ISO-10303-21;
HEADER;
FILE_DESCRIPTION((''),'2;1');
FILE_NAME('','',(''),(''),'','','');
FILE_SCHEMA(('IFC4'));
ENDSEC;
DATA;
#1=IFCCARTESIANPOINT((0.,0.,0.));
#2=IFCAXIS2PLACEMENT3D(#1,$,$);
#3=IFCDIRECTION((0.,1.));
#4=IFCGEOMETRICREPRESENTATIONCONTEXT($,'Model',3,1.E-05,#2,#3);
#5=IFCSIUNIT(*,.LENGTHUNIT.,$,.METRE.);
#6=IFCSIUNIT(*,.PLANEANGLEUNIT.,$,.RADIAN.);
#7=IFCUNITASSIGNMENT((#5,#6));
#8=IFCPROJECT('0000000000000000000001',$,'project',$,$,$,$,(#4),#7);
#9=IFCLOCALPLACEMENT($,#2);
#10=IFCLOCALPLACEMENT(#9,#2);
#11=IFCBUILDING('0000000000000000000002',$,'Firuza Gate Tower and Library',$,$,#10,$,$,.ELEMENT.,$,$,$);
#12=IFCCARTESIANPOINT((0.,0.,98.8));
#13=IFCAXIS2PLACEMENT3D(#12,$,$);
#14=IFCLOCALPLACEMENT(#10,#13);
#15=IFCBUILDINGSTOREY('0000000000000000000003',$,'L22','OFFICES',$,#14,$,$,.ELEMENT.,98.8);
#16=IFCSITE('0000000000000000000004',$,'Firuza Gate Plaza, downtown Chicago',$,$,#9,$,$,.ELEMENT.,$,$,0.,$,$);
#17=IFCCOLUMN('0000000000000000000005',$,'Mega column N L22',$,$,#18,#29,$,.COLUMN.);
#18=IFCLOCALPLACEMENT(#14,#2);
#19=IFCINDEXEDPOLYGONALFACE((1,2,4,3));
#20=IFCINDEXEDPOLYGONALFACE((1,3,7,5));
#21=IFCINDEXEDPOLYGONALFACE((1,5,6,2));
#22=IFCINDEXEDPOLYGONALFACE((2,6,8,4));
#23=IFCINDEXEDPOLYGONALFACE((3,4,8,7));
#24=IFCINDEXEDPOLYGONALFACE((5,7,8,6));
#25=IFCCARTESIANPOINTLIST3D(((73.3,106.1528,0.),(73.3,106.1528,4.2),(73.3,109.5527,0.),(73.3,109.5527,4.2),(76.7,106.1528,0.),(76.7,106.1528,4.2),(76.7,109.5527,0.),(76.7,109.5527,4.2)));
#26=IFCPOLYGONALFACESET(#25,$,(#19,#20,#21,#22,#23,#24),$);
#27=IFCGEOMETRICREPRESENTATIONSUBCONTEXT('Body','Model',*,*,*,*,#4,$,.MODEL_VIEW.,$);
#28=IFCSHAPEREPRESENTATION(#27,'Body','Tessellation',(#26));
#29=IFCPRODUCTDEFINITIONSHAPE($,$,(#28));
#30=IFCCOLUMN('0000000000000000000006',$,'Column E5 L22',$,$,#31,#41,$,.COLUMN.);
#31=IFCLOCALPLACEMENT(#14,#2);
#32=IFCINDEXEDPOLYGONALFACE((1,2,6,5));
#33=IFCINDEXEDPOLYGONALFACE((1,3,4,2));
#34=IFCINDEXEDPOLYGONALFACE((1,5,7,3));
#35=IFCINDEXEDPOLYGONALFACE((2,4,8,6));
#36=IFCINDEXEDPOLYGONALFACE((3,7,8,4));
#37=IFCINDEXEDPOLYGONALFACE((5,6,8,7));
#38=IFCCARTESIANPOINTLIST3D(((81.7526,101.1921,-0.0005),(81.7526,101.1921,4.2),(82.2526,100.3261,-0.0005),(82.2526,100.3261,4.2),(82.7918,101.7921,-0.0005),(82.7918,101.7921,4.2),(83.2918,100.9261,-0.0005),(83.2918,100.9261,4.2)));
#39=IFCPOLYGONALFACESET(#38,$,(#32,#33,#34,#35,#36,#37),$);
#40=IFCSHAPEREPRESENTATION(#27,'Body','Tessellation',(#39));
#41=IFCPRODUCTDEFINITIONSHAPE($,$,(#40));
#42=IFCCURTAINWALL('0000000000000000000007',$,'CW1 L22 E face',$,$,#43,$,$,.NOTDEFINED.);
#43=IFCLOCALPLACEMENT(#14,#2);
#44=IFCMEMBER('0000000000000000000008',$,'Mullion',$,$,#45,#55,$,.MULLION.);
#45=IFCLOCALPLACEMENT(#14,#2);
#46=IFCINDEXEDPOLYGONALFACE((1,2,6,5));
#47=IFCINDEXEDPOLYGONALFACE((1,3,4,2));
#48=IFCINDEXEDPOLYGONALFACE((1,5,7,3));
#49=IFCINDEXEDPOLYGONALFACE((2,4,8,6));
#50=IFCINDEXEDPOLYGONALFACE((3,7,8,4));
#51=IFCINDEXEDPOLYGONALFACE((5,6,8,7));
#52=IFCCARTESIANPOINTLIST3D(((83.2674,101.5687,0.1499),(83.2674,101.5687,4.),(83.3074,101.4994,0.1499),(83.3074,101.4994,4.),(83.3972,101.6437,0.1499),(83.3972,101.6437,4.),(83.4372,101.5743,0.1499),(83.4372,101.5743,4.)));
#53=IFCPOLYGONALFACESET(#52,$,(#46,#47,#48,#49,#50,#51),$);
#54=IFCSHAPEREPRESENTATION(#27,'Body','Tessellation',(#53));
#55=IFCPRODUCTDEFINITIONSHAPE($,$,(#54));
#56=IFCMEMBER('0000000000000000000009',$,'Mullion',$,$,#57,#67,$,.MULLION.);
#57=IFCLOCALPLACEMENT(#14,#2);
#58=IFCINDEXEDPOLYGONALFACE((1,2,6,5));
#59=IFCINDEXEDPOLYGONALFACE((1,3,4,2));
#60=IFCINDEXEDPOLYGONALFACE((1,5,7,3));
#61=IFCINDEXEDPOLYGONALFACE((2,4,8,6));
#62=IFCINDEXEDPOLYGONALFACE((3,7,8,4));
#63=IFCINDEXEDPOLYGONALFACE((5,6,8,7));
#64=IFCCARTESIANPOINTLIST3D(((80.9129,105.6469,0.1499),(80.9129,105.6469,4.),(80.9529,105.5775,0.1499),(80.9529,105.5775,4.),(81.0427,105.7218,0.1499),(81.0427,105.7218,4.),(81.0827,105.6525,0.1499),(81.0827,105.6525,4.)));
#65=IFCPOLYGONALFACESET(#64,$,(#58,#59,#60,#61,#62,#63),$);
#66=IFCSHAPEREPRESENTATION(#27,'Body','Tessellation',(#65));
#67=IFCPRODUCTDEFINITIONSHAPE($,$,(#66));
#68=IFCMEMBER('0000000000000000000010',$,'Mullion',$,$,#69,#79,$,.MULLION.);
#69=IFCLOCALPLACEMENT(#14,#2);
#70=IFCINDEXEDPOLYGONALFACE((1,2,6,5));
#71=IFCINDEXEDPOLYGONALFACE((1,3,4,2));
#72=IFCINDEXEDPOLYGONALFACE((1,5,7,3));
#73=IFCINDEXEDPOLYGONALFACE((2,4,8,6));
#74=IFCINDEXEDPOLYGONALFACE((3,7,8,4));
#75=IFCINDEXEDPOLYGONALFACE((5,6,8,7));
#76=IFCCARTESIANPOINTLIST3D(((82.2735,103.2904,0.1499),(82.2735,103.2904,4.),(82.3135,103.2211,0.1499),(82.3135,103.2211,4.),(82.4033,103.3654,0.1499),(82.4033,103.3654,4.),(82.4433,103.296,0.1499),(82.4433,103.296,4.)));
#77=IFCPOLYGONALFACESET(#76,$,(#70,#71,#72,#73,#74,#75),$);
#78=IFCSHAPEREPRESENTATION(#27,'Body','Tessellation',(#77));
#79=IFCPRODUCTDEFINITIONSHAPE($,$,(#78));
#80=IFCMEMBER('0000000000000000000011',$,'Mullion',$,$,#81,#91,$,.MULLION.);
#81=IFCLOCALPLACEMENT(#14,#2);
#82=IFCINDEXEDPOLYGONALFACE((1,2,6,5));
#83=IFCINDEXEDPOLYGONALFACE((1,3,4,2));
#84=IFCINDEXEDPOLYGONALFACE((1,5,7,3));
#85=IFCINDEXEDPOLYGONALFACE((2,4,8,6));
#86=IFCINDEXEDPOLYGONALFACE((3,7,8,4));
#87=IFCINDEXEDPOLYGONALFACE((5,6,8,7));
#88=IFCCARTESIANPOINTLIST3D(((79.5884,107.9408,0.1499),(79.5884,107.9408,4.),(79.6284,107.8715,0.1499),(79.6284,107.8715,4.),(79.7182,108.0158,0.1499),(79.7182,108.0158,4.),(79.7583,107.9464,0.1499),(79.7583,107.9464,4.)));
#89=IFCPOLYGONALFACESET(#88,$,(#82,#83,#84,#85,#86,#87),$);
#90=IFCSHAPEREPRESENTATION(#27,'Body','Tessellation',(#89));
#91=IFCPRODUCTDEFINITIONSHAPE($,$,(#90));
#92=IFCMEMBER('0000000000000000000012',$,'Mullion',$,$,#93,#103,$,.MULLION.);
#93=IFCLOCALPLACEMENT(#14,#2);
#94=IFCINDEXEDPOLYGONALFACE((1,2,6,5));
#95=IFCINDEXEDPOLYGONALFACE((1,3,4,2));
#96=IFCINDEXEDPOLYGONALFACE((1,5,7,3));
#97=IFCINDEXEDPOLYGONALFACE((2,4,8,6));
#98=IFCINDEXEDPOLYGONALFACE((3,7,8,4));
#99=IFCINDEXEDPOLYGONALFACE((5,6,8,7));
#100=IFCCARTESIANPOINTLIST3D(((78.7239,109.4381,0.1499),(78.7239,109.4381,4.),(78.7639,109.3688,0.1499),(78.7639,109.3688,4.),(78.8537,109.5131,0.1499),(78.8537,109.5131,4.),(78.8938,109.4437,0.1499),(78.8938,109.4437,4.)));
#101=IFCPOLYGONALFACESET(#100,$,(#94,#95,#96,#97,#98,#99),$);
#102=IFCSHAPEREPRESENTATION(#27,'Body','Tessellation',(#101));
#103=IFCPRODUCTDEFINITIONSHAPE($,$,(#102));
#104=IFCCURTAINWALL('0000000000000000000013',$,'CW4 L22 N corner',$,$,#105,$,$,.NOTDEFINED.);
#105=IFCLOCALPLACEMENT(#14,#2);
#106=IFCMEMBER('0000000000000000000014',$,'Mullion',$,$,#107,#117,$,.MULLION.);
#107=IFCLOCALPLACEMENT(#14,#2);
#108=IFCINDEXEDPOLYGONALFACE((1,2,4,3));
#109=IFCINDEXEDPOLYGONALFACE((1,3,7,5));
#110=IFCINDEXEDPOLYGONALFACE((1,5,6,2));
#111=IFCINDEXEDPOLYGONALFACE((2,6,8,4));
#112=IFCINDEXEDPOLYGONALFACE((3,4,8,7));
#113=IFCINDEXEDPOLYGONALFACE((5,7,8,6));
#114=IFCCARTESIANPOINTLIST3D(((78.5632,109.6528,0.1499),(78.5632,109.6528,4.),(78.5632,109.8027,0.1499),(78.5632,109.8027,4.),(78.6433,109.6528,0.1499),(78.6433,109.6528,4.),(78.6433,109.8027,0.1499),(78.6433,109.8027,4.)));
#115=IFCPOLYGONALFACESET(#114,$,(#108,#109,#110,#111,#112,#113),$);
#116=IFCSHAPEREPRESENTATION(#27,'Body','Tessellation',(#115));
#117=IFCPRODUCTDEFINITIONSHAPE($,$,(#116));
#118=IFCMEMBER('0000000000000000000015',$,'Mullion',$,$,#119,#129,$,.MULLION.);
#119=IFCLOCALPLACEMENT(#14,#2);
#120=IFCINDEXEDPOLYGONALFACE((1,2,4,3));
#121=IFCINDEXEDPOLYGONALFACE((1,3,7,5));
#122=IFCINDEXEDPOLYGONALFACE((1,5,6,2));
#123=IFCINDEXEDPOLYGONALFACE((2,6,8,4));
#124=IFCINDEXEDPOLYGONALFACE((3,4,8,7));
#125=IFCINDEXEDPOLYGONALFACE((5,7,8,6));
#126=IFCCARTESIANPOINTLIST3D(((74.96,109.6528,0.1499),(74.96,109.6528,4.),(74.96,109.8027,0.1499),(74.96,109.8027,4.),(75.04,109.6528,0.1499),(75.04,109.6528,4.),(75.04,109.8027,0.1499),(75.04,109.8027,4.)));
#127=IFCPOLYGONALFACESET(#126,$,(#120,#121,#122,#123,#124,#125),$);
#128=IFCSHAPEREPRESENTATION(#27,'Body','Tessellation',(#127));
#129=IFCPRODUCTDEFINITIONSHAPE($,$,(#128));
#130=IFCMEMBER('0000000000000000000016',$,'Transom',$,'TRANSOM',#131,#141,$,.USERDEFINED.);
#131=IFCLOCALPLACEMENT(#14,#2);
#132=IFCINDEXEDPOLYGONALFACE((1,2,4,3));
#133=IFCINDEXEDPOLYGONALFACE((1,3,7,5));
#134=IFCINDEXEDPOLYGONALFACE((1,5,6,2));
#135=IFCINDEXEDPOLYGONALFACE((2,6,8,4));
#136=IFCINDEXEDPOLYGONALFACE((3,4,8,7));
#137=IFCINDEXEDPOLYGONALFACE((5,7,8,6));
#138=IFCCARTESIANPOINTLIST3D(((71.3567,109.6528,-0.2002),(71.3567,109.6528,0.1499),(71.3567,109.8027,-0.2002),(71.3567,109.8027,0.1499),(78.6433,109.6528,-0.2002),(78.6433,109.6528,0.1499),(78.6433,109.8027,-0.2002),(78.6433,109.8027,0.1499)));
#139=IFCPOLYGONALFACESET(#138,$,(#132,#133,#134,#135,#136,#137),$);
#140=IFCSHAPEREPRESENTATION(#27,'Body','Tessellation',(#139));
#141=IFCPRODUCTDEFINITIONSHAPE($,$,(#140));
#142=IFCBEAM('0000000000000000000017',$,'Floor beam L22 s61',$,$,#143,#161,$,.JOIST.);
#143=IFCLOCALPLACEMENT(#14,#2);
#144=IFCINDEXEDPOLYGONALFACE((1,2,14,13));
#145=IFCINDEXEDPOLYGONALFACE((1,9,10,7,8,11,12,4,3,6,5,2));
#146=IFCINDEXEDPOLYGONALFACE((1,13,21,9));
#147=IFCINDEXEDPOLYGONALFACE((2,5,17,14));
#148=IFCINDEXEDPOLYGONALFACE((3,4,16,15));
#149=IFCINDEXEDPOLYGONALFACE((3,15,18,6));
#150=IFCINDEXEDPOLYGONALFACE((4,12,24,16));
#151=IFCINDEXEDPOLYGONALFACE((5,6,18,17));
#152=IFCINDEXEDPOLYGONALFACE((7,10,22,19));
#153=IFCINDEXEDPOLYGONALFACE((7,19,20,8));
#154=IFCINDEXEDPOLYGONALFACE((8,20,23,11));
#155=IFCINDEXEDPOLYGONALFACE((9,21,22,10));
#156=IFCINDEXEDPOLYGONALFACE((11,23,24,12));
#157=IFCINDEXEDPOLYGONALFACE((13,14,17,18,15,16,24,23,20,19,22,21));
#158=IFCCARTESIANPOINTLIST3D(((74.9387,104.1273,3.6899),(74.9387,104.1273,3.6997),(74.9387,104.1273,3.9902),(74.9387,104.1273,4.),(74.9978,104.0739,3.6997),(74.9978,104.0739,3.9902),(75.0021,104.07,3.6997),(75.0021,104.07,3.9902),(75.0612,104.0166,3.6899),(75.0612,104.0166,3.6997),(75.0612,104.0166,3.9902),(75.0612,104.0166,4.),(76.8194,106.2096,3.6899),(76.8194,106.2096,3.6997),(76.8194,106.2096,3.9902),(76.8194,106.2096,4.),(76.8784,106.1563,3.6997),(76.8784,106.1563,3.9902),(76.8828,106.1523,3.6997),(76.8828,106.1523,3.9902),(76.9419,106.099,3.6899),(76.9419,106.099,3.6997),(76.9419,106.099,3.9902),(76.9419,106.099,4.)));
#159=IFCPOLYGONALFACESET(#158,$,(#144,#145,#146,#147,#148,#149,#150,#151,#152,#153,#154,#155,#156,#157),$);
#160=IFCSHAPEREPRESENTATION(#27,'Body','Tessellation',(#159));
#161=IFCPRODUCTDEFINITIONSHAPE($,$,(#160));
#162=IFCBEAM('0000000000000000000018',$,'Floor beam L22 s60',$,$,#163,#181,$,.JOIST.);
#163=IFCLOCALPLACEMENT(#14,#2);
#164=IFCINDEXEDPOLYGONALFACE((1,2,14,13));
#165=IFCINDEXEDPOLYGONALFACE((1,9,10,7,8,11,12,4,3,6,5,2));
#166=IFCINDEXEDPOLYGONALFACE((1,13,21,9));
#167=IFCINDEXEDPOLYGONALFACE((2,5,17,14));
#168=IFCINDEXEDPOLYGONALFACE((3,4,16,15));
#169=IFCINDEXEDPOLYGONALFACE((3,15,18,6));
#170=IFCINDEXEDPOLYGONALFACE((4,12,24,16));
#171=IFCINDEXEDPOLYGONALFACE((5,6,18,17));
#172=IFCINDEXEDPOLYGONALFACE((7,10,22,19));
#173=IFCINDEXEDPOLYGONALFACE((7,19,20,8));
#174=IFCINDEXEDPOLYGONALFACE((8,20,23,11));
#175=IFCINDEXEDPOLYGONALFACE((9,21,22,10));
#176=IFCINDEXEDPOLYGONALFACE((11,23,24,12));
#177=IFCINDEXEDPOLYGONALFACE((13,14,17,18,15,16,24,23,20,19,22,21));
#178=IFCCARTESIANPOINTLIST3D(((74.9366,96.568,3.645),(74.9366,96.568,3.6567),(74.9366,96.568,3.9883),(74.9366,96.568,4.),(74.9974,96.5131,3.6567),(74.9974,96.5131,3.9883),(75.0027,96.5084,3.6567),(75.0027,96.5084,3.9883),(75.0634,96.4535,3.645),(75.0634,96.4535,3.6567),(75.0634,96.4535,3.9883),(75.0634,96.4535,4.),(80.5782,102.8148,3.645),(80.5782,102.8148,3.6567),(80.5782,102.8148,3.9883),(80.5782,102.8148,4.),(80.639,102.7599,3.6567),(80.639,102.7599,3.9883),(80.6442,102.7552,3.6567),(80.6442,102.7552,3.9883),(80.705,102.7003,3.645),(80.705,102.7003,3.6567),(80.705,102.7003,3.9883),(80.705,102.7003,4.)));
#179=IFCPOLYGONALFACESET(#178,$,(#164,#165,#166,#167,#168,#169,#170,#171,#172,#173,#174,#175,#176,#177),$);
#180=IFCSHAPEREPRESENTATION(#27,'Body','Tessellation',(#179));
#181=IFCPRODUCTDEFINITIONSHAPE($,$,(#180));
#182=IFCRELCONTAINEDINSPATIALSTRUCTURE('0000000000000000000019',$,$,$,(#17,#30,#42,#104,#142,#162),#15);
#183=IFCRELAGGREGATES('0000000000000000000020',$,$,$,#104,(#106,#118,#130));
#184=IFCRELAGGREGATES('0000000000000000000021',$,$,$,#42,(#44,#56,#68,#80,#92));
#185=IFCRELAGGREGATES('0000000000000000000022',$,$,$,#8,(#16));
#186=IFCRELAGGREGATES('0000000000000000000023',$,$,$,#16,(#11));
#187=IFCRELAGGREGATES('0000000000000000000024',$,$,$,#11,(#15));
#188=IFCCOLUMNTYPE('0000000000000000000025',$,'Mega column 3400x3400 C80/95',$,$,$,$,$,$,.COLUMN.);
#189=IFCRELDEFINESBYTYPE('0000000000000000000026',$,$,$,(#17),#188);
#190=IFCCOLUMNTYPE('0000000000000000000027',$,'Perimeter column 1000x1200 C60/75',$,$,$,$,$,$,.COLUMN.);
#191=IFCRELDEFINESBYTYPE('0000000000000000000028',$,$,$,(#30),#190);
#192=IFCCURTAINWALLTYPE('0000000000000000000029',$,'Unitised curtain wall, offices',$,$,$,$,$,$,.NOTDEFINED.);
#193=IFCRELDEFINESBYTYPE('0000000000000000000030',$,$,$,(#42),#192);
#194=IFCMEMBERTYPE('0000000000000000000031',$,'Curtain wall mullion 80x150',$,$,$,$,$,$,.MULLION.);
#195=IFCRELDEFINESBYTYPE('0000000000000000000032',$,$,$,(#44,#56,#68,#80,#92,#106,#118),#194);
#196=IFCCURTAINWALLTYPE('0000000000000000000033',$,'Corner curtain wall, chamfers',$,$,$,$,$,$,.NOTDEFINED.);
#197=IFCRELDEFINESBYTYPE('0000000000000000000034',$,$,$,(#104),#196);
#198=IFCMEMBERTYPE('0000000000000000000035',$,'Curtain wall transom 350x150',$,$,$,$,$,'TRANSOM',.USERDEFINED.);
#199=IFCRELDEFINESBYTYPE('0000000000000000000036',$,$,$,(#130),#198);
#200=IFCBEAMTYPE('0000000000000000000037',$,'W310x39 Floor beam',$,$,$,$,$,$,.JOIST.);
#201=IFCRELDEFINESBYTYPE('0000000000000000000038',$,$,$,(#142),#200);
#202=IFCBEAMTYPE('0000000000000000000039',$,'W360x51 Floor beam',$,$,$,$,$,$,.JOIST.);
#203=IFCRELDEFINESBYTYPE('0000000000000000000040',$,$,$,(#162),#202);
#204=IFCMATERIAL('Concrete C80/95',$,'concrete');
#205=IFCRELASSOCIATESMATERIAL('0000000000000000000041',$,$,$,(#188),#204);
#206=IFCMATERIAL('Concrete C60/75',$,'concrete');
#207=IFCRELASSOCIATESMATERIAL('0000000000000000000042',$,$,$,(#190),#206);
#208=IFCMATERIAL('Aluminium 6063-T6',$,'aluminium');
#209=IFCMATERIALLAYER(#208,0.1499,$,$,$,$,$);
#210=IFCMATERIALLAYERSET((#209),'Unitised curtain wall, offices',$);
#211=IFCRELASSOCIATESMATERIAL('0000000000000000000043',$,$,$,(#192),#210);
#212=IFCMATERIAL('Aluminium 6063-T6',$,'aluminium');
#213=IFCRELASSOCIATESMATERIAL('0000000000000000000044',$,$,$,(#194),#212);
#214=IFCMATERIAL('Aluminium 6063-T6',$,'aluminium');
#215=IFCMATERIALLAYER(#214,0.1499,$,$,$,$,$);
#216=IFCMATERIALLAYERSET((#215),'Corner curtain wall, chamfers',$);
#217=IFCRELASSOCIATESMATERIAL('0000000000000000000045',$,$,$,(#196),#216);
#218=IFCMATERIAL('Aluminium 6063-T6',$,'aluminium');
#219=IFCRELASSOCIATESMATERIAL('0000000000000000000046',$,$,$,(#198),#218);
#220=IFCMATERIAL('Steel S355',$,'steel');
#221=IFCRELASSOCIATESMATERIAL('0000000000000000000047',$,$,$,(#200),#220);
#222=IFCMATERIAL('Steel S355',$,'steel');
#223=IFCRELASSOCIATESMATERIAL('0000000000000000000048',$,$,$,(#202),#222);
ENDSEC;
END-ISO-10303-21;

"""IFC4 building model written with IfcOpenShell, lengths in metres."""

from ifc_helpers import new_model, si_unit, direction, frame, origin, origin_2d, place, context, subcontext, project, spatial, rectangle, i_section, extrude, material, layer, layer_set, material_profile, profile_set, type_object, element, aggregate, save


model = new_model("IFC4")

# Units and contexts
model_context = context("Model", 3, precision=1e-05, world=origin(), true_north=direction((0.0, 1.0)))
body_context = subcontext(model_context, "Body", "Model", "MODEL_VIEW")
ifc_project = project(units=[si_unit("LENGTHUNIT", "METRE"), si_unit("PLANEANGLEUNIT", "RADIAN")], contexts=[model_context])

# Site, building, storey
site_placement = place(None, origin())
site = spatial("IfcSite", under=ifc_project, at=site_placement, Name="Firuza Gate Plaza, downtown Chicago", CompositionType="ELEMENT", RefElevation=0.0)
building_placement = place(site_placement, origin())
building = spatial("IfcBuilding", under=site, at=building_placement, Name="Firuza Gate Tower and Library", CompositionType="ELEMENT")
storey_placement = place(building_placement, frame((0.0, 0.0, 98.8)))
storey = spatial("IfcBuildingStorey", under=building, at=storey_placement, Name="L22", Description="OFFICES", CompositionType="ELEMENT", Elevation=98.8)

# Columns
ifc_material_1 = material(Name="Concrete C80/95", Category="concrete")
ifc_material_profile_1 = material_profile(ifc_material_1, rectangle(XDim=3.3999, YDim=3.3999, at=origin_2d()))
ifc_profile_set_1 = profile_set([ifc_material_profile_1], Name="Concrete C80/95")
column_type_1 = type_object("IfcColumnType", Name="Mega column 3400x3400 C80/95", PredefinedType="COLUMN", material=ifc_profile_set_1)
column_1_placement = place(storey_placement, frame((75.0, 107.8528, 0.0), z_axis=(0.0, 0.0, 1.0), x_axis=(-1.0, 0.0, 0.0)))
element("IfcColumn", 1, at=column_1_placement, inside=storey, type_object=column_type_1, Name="Mega column N L22", PredefinedType="COLUMN", context=body_context, shape_type="SweptSolid", body=[
    extrude(rectangle(XDim=3.3999, YDim=3.3999, at=origin_2d()), origin(), (0.0, 0.0, 1.0), 4.2),
])
ifc_material_2 = material(Name="Concrete C60/75", Category="concrete")
ifc_material_profile_2 = material_profile(ifc_material_2, rectangle(XDim=1.0, YDim=1.2, at=origin_2d()))
ifc_profile_set_2 = profile_set([ifc_material_profile_2], Name="Concrete C60/75")
column_type_2 = type_object("IfcColumnType", Name="Perimeter column 1000x1200 C60/75", PredefinedType="COLUMN", material=ifc_profile_set_2)
column_2_placement = place(storey_placement, frame((82.5222, 101.0591, -0.0005), z_axis=(0.0, 0.0, 1.0), x_axis=(-0.5, 0.866025, 0.0)))
element("IfcColumn", 2, at=column_2_placement, inside=storey, type_object=column_type_2, Name="Column E5 L22", PredefinedType="COLUMN", context=body_context, shape_type="SweptSolid", body=[
    extrude(rectangle(XDim=1.0, YDim=1.2, at=origin_2d()), origin(), (0.0, 0.0, 1.0), 4.2004),
])

# Curtain walls, members
ifc_material_3 = material(Name="Aluminium 6063-T6", Category="aluminium")
ifc_layer_1 = layer(ifc_material_3, 0.1499)
ifc_layer_set_1 = layer_set([ifc_layer_1], Name="Unitised curtain wall, offices")
curtain_wall_type_1 = type_object("IfcCurtainWallType", Name="Unitised curtain wall, offices", PredefinedType="NOTDEFINED", material=ifc_layer_set_1)
placement = place(storey_placement, origin())
curtain_wall_1 = element("IfcCurtainWall", 3, at=placement, inside=storey, type_object=curtain_wall_type_1, Name="CW1 L22 E face", PredefinedType="NOTDEFINED")
ifc_material_4 = material(Name="Aluminium 6063-T6", Category="aluminium")
ifc_material_profile_3 = material_profile(ifc_material_4, rectangle(XDim=0.1499, YDim=0.0801, at=origin_2d()))
ifc_profile_set_3 = profile_set([ifc_material_profile_3], Name="Aluminium 6063-T6")
member_type_1 = type_object("IfcMemberType", Name="Curtain wall mullion 80x150", PredefinedType="MULLION", material=ifc_profile_set_3)
member_1_placement = place(storey_placement, frame((83.3523, 101.5715, 0.1499), z_axis=(0.0, 0.0, 1.0), x_axis=(-0.866025, -0.5, 0.0)))
member_1 = element("IfcMember", 4, at=member_1_placement, type_object=member_type_1, Name="Mullion", PredefinedType="MULLION", context=body_context, shape_type="SweptSolid", body=[
    extrude(rectangle(XDim=0.1499, YDim=0.0801, at=origin_2d()), origin(), (0.0, 0.0, 1.0), 3.8501),
])
member_2_placement = place(storey_placement, frame((80.9978, 105.6497, 0.1499), z_axis=(0.0, 0.0, 1.0), x_axis=(-0.866025, -0.5, 0.0)))
member_2 = element("IfcMember", 5, at=member_2_placement, type_object=member_type_1, Name="Mullion", PredefinedType="MULLION", context=body_context, shape_type="SweptSolid", body=[
    extrude(rectangle(XDim=0.1499, YDim=0.0801, at=origin_2d()), origin(), (0.0, 0.0, 1.0), 3.8501),
])
member_3_placement = place(storey_placement, frame((82.3584, 103.2932, 0.1499), z_axis=(0.0, 0.0, 1.0), x_axis=(-0.866025, -0.5, 0.0)))
member_3 = element("IfcMember", 6, at=member_3_placement, type_object=member_type_1, Name="Mullion", PredefinedType="MULLION", context=body_context, shape_type="SweptSolid", body=[
    extrude(rectangle(XDim=0.1499, YDim=0.0801, at=origin_2d()), origin(), (0.0, 0.0, 1.0), 3.8501),
])
member_4_placement = place(storey_placement, frame((79.6733, 107.9436, 0.1499), z_axis=(0.0, 0.0, 1.0), x_axis=(-0.866025, -0.5, 0.0)))
member_4 = element("IfcMember", 7, at=member_4_placement, type_object=member_type_1, Name="Mullion", PredefinedType="MULLION", context=body_context, shape_type="SweptSolid", body=[
    extrude(rectangle(XDim=0.1499, YDim=0.0801, at=origin_2d()), origin(), (0.0, 0.0, 1.0), 3.8501),
])
member_5_placement = place(storey_placement, frame((78.8088, 109.4409, 0.1499), z_axis=(0.0, 0.0, 1.0), x_axis=(-0.866025, -0.5, 0.0)))
member_5 = element("IfcMember", 8, at=member_5_placement, type_object=member_type_1, Name="Mullion", PredefinedType="MULLION", context=body_context, shape_type="SweptSolid", body=[
    extrude(rectangle(XDim=0.1499, YDim=0.0801, at=origin_2d()), origin(), (0.0, 0.0, 1.0), 3.8501),
])
ifc_material_5 = material(Name="Aluminium 6063-T6", Category="aluminium")
ifc_layer_2 = layer(ifc_material_5, 0.1499)
ifc_layer_set_2 = layer_set([ifc_layer_2], Name="Corner curtain wall, chamfers")
curtain_wall_type_2 = type_object("IfcCurtainWallType", Name="Corner curtain wall, chamfers", PredefinedType="NOTDEFINED", material=ifc_layer_set_2)
curtain_wall_2 = element("IfcCurtainWall", 9, at=placement, inside=storey, type_object=curtain_wall_type_2, Name="CW4 L22 N corner", PredefinedType="NOTDEFINED")
member_6_placement = place(storey_placement, frame((78.6033, 109.7278, 0.1499), z_axis=(0.0, 0.0, 1.0), x_axis=(0.0, -1.0, 0.0)))
member_6 = element("IfcMember", 10, at=member_6_placement, type_object=member_type_1, Name="Mullion", PredefinedType="MULLION", context=body_context, shape_type="SweptSolid", body=[
    extrude(rectangle(XDim=0.1499, YDim=0.0801, at=origin_2d()), origin(), (0.0, 0.0, 1.0), 3.8501),
])
member_7_placement = place(storey_placement, frame((75.0, 109.7278, 0.1499), z_axis=(0.0, 0.0, 1.0), x_axis=(0.0, -1.0, 0.0)))
member_7 = element("IfcMember", 11, at=member_7_placement, type_object=member_type_1, Name="Mullion", PredefinedType="MULLION", context=body_context, shape_type="SweptSolid", body=[
    extrude(rectangle(XDim=0.1499, YDim=0.0801, at=origin_2d()), origin(), (0.0, 0.0, 1.0), 3.8501),
])
ifc_material_6 = material(Name="Aluminium 6063-T6", Category="aluminium")
ifc_material_profile_4 = material_profile(ifc_material_6, rectangle(XDim=0.1499, YDim=0.3501, at=origin_2d()))
ifc_profile_set_4 = profile_set([ifc_material_profile_4], Name="Aluminium 6063-T6")
member_type_2 = type_object("IfcMemberType", Name="Curtain wall transom 350x150", ElementType="TRANSOM", PredefinedType="USERDEFINED", material=ifc_profile_set_4)
member_8_placement = place(storey_placement, frame((78.6433, 109.7278, -0.0251), z_axis=(-1.0, 0.0, 0.0), x_axis=(0.0, -1.0, 0.0)))
member_8 = element("IfcMember", 12, at=member_8_placement, type_object=member_type_2, Name="Transom", ObjectType="TRANSOM", PredefinedType="USERDEFINED", context=body_context, shape_type="SweptSolid", body=[
    extrude(rectangle(XDim=0.1499, YDim=0.3501, at=origin_2d()), origin(), (0.0, 0.0, 1.0), 7.2866),
])

# Beams
ifc_material_7 = material(Name="Steel S355", Category="steel")
ifc_material_profile_5 = material_profile(ifc_material_7, i_section(OverallWidth=0.165, OverallDepth=0.3101, WebThickness=0.0059, FlangeThickness=0.0098, at=origin_2d()))
ifc_profile_set_5 = profile_set([ifc_material_profile_5], Name="Steel S355")
beam_type_1 = type_object("IfcBeamType", Name="W310x39 Floor beam", PredefinedType="JOIST", material=ifc_profile_set_5)
beam_1_placement = place(storey_placement, frame((76.8806, 106.1543, 3.845), z_axis=(-0.670257, -0.742129, 0.0), x_axis=(0.742129, -0.670257, 0.0)))
element("IfcBeam", 13, at=beam_1_placement, inside=storey, type_object=beam_type_1, Name="Floor beam L22 s61", PredefinedType="JOIST", context=body_context, shape_type="SweptSolid", body=[
    extrude(i_section(OverallWidth=0.165, OverallDepth=0.3101, WebThickness=0.0059, FlangeThickness=0.0098, at=origin_2d()), origin(), (0.0, 0.0, 1.0), 2.8059),
])
ifc_material_8 = material(Name="Steel S355", Category="steel")
ifc_material_profile_6 = material_profile(ifc_material_8, i_section(OverallWidth=0.1709, OverallDepth=0.355, WebThickness=0.0071, FlangeThickness=0.0117, at=origin_2d()))
ifc_profile_set_6 = profile_set([ifc_material_profile_6], Name="Steel S355")
beam_type_2 = type_object("IfcBeamType", Name="W360x51 Floor beam", PredefinedType="JOIST", material=ifc_profile_set_6)
beam_2_placement = place(storey_placement, frame((80.6416, 102.7576, 3.8225), z_axis=(-0.670241, -0.742144, 0.0), x_axis=(0.742144, -0.670241, 0.0)))
element("IfcBeam", 14, at=beam_2_placement, inside=storey, type_object=beam_type_2, Name="Floor beam L22 s60", PredefinedType="JOIST", context=body_context, shape_type="SweptSolid", body=[
    extrude(i_section(OverallWidth=0.1709, OverallDepth=0.355, WebThickness=0.0071, FlangeThickness=0.0117, at=origin_2d()), origin(), (0.0, 0.0, 1.0), 8.4172),
])

aggregate(curtain_wall_2, [member_6, member_7, member_8])
aggregate(curtain_wall_1, [member_1, member_2, member_3, member_4, member_5])

save(model, "model.ifc")
